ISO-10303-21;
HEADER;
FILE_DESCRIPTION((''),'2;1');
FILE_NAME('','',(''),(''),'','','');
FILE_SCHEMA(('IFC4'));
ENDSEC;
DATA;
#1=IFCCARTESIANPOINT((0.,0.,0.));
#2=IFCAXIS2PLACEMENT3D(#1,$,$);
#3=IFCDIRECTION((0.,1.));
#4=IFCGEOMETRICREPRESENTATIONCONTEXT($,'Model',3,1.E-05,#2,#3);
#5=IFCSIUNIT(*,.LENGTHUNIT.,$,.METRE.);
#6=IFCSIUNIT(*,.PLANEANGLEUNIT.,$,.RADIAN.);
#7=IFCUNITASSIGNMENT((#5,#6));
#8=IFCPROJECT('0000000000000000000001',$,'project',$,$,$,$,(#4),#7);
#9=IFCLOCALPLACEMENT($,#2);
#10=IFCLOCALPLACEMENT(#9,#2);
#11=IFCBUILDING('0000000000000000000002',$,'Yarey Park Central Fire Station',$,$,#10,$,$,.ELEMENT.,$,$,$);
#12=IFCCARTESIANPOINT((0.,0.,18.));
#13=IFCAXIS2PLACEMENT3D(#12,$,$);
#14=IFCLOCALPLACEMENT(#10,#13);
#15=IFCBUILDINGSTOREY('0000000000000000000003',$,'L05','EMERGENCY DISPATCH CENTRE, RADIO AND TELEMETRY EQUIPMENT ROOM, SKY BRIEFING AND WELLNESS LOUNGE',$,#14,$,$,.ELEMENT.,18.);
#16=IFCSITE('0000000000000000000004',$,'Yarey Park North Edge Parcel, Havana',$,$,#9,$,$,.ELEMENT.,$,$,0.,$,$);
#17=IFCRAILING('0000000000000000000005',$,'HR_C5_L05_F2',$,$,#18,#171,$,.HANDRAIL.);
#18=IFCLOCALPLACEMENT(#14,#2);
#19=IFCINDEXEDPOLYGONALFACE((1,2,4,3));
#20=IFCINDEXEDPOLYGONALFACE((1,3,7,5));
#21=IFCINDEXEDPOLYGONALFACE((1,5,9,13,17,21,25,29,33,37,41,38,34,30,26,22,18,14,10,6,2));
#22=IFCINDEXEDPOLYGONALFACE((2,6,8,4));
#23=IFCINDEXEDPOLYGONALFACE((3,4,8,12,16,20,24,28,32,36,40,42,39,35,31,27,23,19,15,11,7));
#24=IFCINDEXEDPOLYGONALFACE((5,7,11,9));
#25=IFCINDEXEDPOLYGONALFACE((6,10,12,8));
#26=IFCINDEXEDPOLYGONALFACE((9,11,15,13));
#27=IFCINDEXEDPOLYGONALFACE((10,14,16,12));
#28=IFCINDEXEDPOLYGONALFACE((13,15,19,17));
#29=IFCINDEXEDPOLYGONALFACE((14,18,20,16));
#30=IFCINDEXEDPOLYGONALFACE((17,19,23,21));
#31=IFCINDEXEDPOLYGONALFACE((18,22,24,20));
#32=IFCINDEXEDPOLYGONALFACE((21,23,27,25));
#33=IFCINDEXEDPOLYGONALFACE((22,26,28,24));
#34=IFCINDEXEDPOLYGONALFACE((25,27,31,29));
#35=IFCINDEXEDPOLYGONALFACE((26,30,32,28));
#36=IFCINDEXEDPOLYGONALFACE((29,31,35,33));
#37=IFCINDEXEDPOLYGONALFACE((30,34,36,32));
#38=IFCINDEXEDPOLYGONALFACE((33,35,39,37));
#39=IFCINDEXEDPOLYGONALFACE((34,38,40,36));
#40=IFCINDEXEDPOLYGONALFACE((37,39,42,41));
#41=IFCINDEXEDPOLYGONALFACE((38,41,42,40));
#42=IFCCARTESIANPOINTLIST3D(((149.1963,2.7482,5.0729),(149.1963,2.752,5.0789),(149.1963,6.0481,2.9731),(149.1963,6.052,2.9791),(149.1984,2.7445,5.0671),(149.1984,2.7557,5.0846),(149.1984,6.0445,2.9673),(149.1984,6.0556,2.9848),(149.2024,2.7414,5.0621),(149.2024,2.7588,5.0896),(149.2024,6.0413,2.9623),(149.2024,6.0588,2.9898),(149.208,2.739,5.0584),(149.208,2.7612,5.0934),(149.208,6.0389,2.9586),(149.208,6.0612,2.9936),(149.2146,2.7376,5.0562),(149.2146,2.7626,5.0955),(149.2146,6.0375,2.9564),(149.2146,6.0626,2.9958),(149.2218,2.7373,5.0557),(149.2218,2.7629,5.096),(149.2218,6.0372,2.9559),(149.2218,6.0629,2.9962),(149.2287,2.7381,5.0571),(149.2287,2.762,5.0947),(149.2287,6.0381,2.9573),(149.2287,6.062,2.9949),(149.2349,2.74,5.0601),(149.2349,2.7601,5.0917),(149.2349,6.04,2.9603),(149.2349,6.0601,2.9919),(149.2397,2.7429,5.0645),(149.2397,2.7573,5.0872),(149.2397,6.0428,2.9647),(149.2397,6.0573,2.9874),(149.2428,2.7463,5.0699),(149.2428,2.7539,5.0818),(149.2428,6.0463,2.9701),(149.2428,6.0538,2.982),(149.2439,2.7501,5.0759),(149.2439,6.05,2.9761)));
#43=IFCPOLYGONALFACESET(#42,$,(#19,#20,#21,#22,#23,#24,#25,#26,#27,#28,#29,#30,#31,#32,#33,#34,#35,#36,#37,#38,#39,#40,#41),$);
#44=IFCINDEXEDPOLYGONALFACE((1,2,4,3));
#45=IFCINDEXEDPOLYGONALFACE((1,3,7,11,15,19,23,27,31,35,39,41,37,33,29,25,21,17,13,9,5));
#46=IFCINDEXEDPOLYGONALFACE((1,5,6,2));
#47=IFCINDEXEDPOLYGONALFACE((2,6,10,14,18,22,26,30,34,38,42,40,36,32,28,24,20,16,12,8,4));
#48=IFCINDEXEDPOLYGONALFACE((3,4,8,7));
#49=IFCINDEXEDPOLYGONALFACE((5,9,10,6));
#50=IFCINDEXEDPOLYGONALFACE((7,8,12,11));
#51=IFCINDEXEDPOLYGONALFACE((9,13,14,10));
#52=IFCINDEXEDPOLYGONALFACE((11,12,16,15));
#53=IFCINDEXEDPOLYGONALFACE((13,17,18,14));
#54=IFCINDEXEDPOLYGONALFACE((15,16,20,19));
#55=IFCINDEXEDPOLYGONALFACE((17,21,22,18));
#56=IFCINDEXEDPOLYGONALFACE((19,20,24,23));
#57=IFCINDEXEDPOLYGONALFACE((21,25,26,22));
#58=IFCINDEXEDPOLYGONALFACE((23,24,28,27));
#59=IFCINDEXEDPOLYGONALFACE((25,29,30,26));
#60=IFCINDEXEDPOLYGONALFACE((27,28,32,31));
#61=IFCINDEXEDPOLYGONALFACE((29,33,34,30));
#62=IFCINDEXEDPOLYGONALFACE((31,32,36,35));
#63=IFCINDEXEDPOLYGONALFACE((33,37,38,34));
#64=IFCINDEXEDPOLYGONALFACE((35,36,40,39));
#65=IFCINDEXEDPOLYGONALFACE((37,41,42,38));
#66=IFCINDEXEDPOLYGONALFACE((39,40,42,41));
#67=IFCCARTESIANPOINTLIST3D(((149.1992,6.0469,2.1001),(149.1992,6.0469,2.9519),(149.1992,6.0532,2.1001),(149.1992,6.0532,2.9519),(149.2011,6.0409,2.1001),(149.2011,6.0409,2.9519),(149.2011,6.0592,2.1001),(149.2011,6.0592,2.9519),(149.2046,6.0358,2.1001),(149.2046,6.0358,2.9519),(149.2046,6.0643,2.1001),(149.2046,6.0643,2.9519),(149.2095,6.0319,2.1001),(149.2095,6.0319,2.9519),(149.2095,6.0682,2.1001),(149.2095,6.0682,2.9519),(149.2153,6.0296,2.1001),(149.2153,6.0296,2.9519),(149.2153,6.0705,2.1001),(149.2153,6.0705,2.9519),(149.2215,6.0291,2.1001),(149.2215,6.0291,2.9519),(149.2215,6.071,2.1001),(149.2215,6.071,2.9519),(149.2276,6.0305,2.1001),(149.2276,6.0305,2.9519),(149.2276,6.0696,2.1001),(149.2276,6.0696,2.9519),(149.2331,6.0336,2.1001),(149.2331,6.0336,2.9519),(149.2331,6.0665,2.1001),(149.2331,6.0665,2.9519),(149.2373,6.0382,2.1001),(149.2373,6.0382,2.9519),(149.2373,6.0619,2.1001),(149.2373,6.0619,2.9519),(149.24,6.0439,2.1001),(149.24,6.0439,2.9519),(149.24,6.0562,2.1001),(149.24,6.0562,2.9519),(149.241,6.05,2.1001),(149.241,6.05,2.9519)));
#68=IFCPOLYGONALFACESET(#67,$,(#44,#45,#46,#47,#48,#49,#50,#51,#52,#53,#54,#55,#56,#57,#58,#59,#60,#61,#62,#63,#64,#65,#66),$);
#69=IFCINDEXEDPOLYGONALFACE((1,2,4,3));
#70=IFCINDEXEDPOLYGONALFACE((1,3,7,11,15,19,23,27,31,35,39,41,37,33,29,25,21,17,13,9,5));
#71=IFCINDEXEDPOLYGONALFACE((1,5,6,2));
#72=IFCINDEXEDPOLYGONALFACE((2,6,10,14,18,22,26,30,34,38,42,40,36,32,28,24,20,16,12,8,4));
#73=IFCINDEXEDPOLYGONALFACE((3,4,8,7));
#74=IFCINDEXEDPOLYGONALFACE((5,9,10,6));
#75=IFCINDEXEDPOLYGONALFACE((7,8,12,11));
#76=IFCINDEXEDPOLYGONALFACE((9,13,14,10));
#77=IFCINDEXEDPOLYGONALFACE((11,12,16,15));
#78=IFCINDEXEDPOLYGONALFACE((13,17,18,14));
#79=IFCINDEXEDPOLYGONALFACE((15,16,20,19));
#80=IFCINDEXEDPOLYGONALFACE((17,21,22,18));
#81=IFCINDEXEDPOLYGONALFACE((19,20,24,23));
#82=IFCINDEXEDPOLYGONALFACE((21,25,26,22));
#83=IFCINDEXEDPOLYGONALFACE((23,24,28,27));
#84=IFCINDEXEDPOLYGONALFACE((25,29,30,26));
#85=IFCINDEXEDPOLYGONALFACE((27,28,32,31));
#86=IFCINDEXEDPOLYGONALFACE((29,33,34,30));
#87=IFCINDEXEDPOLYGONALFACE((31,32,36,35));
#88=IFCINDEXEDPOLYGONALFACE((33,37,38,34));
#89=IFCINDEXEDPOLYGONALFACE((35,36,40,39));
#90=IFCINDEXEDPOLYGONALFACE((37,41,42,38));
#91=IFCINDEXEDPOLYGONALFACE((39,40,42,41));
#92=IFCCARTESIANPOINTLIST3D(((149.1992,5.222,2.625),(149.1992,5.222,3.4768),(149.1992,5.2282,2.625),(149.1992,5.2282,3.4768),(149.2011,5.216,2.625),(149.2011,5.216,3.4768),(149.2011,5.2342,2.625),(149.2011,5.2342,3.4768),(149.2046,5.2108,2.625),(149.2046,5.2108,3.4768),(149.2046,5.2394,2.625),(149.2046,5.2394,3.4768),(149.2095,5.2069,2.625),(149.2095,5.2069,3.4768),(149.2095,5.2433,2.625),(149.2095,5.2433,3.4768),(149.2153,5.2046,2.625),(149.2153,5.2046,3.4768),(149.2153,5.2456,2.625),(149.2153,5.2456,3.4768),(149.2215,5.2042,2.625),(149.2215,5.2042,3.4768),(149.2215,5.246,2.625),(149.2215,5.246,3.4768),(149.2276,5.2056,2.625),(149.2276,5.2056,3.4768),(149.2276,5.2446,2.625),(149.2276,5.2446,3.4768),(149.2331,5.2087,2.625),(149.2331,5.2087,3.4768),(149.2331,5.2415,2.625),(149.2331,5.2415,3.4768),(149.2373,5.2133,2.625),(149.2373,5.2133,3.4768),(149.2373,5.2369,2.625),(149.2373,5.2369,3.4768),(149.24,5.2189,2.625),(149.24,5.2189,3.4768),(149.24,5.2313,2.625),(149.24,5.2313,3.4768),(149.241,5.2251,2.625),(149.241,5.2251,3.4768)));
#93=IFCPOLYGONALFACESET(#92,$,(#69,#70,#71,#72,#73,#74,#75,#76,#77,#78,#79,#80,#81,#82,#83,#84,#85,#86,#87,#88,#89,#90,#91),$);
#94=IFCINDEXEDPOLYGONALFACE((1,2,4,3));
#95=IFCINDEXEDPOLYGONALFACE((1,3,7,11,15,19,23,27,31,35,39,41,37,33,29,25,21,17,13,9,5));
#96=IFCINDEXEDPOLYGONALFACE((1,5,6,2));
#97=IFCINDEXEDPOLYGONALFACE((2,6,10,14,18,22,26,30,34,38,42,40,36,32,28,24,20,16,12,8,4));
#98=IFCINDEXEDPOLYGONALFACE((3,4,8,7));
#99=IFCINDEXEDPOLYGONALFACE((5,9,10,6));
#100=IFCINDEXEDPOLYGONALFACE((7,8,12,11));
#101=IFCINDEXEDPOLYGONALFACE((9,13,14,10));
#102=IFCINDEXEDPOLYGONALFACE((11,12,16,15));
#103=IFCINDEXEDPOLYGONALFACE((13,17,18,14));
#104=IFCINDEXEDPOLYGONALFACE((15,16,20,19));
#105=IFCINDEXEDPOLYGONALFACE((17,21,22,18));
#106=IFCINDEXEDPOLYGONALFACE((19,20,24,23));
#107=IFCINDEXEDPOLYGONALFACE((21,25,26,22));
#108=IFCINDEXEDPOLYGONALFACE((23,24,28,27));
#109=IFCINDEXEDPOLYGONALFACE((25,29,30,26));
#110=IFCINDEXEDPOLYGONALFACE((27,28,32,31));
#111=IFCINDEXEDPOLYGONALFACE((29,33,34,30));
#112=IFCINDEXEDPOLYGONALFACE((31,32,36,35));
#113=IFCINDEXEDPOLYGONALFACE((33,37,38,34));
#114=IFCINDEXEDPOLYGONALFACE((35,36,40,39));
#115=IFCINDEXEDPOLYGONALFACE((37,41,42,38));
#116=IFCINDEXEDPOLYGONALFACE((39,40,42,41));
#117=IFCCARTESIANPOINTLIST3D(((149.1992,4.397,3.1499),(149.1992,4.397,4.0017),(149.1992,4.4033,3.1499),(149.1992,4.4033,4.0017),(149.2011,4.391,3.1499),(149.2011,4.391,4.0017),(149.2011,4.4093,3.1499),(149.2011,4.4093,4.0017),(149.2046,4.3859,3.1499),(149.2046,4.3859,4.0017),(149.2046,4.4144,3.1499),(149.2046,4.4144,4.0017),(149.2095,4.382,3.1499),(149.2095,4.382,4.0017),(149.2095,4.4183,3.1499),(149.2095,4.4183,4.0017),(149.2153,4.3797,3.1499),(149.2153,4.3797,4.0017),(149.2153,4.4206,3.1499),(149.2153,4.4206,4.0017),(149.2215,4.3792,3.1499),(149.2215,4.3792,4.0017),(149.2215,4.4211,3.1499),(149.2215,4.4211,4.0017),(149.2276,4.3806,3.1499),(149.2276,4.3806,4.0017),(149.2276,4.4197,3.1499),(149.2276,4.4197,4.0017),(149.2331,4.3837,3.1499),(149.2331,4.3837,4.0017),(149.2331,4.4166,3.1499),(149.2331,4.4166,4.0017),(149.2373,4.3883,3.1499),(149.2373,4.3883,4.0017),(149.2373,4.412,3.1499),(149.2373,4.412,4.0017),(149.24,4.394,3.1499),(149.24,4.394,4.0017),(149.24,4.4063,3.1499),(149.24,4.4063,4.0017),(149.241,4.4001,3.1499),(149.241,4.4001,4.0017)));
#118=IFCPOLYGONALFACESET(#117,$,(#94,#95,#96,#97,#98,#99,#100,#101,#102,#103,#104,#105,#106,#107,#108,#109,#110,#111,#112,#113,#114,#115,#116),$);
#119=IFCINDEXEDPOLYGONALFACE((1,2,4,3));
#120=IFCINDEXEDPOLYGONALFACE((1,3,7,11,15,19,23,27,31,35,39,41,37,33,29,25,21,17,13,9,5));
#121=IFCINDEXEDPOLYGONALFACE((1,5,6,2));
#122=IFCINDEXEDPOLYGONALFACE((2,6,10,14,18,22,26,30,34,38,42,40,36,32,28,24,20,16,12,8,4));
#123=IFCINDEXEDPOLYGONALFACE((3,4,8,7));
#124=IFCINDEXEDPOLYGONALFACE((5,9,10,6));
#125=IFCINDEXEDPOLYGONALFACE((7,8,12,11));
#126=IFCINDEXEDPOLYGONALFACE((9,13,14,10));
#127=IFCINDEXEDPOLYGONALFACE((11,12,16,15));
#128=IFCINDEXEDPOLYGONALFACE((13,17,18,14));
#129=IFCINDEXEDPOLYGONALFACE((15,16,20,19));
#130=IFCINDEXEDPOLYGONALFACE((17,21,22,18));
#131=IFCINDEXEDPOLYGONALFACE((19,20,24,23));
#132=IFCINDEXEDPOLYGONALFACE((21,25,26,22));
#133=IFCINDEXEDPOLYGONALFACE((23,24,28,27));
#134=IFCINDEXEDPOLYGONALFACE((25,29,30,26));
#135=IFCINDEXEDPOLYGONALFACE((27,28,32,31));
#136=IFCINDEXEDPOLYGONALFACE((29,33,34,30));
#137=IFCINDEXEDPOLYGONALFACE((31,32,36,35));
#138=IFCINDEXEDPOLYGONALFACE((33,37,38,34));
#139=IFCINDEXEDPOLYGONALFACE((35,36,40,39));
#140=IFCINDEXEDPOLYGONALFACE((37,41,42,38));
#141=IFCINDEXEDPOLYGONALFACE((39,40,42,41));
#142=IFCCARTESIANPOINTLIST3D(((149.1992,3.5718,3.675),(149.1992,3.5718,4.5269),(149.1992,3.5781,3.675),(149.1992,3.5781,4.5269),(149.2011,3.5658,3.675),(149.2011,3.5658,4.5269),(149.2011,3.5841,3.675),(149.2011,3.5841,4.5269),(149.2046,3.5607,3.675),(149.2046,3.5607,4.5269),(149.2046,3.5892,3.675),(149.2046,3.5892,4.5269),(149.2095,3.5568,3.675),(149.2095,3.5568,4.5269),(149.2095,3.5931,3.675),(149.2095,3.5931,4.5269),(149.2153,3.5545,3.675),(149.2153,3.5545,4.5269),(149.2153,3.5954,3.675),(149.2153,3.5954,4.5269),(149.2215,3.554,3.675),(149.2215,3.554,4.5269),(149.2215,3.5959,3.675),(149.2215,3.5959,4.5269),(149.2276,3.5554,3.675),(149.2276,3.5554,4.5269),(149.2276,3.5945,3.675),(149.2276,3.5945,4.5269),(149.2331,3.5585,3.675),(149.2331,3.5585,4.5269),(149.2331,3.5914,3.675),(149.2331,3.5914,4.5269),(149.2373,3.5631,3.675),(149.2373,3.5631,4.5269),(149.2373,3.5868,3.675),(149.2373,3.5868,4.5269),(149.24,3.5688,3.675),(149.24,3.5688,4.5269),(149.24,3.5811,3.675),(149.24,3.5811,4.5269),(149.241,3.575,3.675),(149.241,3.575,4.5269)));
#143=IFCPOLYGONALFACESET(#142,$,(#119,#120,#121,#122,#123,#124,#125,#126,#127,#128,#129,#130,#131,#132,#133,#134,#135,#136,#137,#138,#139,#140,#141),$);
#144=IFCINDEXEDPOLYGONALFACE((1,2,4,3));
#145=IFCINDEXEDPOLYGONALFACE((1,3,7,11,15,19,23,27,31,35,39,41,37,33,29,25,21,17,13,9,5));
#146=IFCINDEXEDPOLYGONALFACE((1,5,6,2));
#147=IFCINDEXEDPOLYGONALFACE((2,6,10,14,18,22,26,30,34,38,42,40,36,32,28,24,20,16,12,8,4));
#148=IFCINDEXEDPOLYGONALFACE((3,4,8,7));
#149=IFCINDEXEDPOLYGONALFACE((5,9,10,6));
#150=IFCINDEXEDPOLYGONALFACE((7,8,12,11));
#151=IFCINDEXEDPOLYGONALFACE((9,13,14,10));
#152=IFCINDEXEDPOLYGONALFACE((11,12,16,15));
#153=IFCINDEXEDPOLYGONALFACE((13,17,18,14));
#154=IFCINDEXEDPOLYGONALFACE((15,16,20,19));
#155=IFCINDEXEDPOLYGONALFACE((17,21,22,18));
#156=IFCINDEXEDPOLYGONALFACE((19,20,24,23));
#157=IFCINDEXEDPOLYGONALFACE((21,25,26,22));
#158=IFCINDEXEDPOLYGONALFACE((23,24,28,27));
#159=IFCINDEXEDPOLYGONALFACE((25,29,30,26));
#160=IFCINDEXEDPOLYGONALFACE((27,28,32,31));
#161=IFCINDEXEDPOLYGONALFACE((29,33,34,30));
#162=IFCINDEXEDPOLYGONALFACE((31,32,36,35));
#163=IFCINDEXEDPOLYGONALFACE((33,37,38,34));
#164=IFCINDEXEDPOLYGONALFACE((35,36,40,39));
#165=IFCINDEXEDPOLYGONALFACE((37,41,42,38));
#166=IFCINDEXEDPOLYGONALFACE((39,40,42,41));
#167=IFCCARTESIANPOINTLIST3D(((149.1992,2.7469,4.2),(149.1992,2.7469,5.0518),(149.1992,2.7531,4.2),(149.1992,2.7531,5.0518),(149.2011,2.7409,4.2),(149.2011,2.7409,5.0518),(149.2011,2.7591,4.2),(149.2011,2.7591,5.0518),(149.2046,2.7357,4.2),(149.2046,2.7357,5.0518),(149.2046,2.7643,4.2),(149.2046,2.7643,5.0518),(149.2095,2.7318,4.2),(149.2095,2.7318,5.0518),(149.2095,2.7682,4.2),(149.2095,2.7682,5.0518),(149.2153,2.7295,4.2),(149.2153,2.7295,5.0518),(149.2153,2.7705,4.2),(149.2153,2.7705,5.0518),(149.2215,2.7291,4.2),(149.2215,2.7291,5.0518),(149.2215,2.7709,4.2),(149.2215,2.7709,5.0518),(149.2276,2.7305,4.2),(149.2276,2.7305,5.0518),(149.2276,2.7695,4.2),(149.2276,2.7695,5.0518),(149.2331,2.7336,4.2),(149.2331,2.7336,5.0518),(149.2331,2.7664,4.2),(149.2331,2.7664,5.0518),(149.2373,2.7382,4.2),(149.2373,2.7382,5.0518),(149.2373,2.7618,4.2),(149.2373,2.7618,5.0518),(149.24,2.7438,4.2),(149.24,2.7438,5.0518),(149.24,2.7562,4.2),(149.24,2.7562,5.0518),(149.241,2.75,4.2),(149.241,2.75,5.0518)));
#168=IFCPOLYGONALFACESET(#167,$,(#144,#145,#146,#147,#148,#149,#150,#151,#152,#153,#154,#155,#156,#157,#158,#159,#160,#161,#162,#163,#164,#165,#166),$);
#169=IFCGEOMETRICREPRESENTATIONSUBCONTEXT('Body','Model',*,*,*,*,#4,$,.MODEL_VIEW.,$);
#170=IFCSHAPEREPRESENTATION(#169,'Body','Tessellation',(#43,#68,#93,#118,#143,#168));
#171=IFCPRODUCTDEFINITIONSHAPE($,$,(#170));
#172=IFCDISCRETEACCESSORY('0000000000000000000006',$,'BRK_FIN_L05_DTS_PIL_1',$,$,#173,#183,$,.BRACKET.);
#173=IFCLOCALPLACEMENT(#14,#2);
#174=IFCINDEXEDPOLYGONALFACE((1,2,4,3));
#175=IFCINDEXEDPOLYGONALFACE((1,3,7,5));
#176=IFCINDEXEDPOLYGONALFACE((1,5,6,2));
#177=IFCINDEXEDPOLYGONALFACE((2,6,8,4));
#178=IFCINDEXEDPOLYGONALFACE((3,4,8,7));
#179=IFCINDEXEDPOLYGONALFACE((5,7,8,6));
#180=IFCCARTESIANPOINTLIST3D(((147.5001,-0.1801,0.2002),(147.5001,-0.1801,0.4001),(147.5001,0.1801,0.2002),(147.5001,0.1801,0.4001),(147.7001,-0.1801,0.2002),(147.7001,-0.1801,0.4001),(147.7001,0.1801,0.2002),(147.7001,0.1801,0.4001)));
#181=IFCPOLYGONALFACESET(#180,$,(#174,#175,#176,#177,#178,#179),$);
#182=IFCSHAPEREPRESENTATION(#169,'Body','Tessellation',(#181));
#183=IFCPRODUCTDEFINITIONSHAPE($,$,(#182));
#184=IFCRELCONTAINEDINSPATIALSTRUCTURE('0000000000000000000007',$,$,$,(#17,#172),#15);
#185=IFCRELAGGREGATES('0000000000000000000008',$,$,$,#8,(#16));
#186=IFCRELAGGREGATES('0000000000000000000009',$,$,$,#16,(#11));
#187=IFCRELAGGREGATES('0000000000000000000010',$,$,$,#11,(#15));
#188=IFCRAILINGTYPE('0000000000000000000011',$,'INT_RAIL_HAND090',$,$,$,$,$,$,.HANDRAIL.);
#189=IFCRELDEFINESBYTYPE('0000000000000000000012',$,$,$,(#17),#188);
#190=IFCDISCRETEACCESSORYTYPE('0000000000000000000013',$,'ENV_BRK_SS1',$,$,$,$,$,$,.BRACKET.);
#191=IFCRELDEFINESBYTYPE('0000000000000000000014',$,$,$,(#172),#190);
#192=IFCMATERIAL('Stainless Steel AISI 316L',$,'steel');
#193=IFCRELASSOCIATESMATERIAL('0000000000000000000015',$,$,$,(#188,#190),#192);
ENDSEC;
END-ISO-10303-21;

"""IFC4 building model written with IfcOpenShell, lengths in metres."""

from ifc_helpers import new_model, si_unit, direction, frame, origin, origin_2d, place, context, subcontext, project, spatial, rectangle, circle, extrude, material, type_object, element, save


model = new_model("IFC4")

# Units and contexts
model_context = context("Model", 3, precision=1e-05, world=origin(), true_north=direction((0.0, 1.0)))
body_context = subcontext(model_context, "Body", "Model", "MODEL_VIEW")
ifc_project = project(units=[si_unit("LENGTHUNIT", "METRE"), si_unit("PLANEANGLEUNIT", "RADIAN")], contexts=[model_context])

# Site, building, storey
site_placement = place(None, origin())
site = spatial("IfcSite", under=ifc_project, at=site_placement, Name="Yarey Park North Edge Parcel, Havana", CompositionType="ELEMENT", RefElevation=0.0)
building_placement = place(site_placement, origin())
building = spatial("IfcBuilding", under=site, at=building_placement, Name="Yarey Park Central Fire Station", CompositionType="ELEMENT")
storey_placement = place(building_placement, frame((0.0, 0.0, 18.0)))
storey = spatial("IfcBuildingStorey", under=building, at=storey_placement, Name="L05", Description="EMERGENCY DISPATCH CENTRE, RADIO AND TELEMETRY EQUIPMENT ROOM, SKY BRIEFING AND WELLNESS LOUNGE", CompositionType="ELEMENT", Elevation=18.0)

# Railing
ifc_material_1 = material(Name="Stainless Steel AISI 316L", Category="steel")
railing_type_1 = type_object("IfcRailingType", Name="INT_RAIL_HAND090", PredefinedType="HANDRAIL", material=ifc_material_1)
railing_1_placement = place(storey_placement, frame((149.22, 6.05, 2.1001)))
element("IfcRailing", 1, at=railing_1_placement, inside=storey, type_object=railing_type_1, Name="HR_C5_L05_F2", PredefinedType="HANDRAIL", context=body_context, shape_type="SweptSolid", body=[
    extrude(circle(Radius=0.0239, at=origin_2d()), frame((0.0, 0.0, 0.876), z_axis=(0.0, -0.843682, 0.536843), x_axis=(1.0, 0.0, 0.0)), (0.0, 0.0, 1.0), 3.9114),
    extrude(circle(Radius=0.021, at=origin_2d()), origin(), (0.0, 0.0, 1.0), 0.8518),
    extrude(circle(Radius=0.021, at=origin_2d()), frame((0.0, -0.825, 0.5249)), (0.0, 0.0, 1.0), 0.8518),
    extrude(circle(Radius=0.021, at=origin_2d()), frame((0.0, -1.6499, 1.0498)), (0.0, 0.0, 1.0), 0.8518),
    extrude(circle(Radius=0.021, at=origin_2d()), frame((0.0, -2.4751, 1.575)), (0.0, 0.0, 1.0), 0.8518),
    extrude(circle(Radius=0.021, at=origin_2d()), frame((0.0, -3.3, 2.0999)), (0.0, 0.0, 1.0), 0.8518),
])

# Discrete accessory
discrete_accessory_type = type_object("IfcDiscreteAccessoryType", Name="ENV_BRK_SS1", PredefinedType="BRACKET", material=ifc_material_1)
discrete_accessory_placement = place(storey_placement, frame((147.6001, 0.0, 0.2002), z_axis=(0.0, 0.0, 1.0), x_axis=(1.0, 0.0, 0.0)))
element("IfcDiscreteAccessory", 2, at=discrete_accessory_placement, inside=storey, type_object=discrete_accessory_type, Name="BRK_FIN_L05_DTS_PIL_1", PredefinedType="BRACKET", context=body_context, shape_type="SweptSolid", body=[
    extrude(rectangle(XDim=0.2, YDim=0.3601, at=origin_2d()), origin(), (0.0, 0.0, 1.0), 0.2),
])

save(model, "model.ifc")
